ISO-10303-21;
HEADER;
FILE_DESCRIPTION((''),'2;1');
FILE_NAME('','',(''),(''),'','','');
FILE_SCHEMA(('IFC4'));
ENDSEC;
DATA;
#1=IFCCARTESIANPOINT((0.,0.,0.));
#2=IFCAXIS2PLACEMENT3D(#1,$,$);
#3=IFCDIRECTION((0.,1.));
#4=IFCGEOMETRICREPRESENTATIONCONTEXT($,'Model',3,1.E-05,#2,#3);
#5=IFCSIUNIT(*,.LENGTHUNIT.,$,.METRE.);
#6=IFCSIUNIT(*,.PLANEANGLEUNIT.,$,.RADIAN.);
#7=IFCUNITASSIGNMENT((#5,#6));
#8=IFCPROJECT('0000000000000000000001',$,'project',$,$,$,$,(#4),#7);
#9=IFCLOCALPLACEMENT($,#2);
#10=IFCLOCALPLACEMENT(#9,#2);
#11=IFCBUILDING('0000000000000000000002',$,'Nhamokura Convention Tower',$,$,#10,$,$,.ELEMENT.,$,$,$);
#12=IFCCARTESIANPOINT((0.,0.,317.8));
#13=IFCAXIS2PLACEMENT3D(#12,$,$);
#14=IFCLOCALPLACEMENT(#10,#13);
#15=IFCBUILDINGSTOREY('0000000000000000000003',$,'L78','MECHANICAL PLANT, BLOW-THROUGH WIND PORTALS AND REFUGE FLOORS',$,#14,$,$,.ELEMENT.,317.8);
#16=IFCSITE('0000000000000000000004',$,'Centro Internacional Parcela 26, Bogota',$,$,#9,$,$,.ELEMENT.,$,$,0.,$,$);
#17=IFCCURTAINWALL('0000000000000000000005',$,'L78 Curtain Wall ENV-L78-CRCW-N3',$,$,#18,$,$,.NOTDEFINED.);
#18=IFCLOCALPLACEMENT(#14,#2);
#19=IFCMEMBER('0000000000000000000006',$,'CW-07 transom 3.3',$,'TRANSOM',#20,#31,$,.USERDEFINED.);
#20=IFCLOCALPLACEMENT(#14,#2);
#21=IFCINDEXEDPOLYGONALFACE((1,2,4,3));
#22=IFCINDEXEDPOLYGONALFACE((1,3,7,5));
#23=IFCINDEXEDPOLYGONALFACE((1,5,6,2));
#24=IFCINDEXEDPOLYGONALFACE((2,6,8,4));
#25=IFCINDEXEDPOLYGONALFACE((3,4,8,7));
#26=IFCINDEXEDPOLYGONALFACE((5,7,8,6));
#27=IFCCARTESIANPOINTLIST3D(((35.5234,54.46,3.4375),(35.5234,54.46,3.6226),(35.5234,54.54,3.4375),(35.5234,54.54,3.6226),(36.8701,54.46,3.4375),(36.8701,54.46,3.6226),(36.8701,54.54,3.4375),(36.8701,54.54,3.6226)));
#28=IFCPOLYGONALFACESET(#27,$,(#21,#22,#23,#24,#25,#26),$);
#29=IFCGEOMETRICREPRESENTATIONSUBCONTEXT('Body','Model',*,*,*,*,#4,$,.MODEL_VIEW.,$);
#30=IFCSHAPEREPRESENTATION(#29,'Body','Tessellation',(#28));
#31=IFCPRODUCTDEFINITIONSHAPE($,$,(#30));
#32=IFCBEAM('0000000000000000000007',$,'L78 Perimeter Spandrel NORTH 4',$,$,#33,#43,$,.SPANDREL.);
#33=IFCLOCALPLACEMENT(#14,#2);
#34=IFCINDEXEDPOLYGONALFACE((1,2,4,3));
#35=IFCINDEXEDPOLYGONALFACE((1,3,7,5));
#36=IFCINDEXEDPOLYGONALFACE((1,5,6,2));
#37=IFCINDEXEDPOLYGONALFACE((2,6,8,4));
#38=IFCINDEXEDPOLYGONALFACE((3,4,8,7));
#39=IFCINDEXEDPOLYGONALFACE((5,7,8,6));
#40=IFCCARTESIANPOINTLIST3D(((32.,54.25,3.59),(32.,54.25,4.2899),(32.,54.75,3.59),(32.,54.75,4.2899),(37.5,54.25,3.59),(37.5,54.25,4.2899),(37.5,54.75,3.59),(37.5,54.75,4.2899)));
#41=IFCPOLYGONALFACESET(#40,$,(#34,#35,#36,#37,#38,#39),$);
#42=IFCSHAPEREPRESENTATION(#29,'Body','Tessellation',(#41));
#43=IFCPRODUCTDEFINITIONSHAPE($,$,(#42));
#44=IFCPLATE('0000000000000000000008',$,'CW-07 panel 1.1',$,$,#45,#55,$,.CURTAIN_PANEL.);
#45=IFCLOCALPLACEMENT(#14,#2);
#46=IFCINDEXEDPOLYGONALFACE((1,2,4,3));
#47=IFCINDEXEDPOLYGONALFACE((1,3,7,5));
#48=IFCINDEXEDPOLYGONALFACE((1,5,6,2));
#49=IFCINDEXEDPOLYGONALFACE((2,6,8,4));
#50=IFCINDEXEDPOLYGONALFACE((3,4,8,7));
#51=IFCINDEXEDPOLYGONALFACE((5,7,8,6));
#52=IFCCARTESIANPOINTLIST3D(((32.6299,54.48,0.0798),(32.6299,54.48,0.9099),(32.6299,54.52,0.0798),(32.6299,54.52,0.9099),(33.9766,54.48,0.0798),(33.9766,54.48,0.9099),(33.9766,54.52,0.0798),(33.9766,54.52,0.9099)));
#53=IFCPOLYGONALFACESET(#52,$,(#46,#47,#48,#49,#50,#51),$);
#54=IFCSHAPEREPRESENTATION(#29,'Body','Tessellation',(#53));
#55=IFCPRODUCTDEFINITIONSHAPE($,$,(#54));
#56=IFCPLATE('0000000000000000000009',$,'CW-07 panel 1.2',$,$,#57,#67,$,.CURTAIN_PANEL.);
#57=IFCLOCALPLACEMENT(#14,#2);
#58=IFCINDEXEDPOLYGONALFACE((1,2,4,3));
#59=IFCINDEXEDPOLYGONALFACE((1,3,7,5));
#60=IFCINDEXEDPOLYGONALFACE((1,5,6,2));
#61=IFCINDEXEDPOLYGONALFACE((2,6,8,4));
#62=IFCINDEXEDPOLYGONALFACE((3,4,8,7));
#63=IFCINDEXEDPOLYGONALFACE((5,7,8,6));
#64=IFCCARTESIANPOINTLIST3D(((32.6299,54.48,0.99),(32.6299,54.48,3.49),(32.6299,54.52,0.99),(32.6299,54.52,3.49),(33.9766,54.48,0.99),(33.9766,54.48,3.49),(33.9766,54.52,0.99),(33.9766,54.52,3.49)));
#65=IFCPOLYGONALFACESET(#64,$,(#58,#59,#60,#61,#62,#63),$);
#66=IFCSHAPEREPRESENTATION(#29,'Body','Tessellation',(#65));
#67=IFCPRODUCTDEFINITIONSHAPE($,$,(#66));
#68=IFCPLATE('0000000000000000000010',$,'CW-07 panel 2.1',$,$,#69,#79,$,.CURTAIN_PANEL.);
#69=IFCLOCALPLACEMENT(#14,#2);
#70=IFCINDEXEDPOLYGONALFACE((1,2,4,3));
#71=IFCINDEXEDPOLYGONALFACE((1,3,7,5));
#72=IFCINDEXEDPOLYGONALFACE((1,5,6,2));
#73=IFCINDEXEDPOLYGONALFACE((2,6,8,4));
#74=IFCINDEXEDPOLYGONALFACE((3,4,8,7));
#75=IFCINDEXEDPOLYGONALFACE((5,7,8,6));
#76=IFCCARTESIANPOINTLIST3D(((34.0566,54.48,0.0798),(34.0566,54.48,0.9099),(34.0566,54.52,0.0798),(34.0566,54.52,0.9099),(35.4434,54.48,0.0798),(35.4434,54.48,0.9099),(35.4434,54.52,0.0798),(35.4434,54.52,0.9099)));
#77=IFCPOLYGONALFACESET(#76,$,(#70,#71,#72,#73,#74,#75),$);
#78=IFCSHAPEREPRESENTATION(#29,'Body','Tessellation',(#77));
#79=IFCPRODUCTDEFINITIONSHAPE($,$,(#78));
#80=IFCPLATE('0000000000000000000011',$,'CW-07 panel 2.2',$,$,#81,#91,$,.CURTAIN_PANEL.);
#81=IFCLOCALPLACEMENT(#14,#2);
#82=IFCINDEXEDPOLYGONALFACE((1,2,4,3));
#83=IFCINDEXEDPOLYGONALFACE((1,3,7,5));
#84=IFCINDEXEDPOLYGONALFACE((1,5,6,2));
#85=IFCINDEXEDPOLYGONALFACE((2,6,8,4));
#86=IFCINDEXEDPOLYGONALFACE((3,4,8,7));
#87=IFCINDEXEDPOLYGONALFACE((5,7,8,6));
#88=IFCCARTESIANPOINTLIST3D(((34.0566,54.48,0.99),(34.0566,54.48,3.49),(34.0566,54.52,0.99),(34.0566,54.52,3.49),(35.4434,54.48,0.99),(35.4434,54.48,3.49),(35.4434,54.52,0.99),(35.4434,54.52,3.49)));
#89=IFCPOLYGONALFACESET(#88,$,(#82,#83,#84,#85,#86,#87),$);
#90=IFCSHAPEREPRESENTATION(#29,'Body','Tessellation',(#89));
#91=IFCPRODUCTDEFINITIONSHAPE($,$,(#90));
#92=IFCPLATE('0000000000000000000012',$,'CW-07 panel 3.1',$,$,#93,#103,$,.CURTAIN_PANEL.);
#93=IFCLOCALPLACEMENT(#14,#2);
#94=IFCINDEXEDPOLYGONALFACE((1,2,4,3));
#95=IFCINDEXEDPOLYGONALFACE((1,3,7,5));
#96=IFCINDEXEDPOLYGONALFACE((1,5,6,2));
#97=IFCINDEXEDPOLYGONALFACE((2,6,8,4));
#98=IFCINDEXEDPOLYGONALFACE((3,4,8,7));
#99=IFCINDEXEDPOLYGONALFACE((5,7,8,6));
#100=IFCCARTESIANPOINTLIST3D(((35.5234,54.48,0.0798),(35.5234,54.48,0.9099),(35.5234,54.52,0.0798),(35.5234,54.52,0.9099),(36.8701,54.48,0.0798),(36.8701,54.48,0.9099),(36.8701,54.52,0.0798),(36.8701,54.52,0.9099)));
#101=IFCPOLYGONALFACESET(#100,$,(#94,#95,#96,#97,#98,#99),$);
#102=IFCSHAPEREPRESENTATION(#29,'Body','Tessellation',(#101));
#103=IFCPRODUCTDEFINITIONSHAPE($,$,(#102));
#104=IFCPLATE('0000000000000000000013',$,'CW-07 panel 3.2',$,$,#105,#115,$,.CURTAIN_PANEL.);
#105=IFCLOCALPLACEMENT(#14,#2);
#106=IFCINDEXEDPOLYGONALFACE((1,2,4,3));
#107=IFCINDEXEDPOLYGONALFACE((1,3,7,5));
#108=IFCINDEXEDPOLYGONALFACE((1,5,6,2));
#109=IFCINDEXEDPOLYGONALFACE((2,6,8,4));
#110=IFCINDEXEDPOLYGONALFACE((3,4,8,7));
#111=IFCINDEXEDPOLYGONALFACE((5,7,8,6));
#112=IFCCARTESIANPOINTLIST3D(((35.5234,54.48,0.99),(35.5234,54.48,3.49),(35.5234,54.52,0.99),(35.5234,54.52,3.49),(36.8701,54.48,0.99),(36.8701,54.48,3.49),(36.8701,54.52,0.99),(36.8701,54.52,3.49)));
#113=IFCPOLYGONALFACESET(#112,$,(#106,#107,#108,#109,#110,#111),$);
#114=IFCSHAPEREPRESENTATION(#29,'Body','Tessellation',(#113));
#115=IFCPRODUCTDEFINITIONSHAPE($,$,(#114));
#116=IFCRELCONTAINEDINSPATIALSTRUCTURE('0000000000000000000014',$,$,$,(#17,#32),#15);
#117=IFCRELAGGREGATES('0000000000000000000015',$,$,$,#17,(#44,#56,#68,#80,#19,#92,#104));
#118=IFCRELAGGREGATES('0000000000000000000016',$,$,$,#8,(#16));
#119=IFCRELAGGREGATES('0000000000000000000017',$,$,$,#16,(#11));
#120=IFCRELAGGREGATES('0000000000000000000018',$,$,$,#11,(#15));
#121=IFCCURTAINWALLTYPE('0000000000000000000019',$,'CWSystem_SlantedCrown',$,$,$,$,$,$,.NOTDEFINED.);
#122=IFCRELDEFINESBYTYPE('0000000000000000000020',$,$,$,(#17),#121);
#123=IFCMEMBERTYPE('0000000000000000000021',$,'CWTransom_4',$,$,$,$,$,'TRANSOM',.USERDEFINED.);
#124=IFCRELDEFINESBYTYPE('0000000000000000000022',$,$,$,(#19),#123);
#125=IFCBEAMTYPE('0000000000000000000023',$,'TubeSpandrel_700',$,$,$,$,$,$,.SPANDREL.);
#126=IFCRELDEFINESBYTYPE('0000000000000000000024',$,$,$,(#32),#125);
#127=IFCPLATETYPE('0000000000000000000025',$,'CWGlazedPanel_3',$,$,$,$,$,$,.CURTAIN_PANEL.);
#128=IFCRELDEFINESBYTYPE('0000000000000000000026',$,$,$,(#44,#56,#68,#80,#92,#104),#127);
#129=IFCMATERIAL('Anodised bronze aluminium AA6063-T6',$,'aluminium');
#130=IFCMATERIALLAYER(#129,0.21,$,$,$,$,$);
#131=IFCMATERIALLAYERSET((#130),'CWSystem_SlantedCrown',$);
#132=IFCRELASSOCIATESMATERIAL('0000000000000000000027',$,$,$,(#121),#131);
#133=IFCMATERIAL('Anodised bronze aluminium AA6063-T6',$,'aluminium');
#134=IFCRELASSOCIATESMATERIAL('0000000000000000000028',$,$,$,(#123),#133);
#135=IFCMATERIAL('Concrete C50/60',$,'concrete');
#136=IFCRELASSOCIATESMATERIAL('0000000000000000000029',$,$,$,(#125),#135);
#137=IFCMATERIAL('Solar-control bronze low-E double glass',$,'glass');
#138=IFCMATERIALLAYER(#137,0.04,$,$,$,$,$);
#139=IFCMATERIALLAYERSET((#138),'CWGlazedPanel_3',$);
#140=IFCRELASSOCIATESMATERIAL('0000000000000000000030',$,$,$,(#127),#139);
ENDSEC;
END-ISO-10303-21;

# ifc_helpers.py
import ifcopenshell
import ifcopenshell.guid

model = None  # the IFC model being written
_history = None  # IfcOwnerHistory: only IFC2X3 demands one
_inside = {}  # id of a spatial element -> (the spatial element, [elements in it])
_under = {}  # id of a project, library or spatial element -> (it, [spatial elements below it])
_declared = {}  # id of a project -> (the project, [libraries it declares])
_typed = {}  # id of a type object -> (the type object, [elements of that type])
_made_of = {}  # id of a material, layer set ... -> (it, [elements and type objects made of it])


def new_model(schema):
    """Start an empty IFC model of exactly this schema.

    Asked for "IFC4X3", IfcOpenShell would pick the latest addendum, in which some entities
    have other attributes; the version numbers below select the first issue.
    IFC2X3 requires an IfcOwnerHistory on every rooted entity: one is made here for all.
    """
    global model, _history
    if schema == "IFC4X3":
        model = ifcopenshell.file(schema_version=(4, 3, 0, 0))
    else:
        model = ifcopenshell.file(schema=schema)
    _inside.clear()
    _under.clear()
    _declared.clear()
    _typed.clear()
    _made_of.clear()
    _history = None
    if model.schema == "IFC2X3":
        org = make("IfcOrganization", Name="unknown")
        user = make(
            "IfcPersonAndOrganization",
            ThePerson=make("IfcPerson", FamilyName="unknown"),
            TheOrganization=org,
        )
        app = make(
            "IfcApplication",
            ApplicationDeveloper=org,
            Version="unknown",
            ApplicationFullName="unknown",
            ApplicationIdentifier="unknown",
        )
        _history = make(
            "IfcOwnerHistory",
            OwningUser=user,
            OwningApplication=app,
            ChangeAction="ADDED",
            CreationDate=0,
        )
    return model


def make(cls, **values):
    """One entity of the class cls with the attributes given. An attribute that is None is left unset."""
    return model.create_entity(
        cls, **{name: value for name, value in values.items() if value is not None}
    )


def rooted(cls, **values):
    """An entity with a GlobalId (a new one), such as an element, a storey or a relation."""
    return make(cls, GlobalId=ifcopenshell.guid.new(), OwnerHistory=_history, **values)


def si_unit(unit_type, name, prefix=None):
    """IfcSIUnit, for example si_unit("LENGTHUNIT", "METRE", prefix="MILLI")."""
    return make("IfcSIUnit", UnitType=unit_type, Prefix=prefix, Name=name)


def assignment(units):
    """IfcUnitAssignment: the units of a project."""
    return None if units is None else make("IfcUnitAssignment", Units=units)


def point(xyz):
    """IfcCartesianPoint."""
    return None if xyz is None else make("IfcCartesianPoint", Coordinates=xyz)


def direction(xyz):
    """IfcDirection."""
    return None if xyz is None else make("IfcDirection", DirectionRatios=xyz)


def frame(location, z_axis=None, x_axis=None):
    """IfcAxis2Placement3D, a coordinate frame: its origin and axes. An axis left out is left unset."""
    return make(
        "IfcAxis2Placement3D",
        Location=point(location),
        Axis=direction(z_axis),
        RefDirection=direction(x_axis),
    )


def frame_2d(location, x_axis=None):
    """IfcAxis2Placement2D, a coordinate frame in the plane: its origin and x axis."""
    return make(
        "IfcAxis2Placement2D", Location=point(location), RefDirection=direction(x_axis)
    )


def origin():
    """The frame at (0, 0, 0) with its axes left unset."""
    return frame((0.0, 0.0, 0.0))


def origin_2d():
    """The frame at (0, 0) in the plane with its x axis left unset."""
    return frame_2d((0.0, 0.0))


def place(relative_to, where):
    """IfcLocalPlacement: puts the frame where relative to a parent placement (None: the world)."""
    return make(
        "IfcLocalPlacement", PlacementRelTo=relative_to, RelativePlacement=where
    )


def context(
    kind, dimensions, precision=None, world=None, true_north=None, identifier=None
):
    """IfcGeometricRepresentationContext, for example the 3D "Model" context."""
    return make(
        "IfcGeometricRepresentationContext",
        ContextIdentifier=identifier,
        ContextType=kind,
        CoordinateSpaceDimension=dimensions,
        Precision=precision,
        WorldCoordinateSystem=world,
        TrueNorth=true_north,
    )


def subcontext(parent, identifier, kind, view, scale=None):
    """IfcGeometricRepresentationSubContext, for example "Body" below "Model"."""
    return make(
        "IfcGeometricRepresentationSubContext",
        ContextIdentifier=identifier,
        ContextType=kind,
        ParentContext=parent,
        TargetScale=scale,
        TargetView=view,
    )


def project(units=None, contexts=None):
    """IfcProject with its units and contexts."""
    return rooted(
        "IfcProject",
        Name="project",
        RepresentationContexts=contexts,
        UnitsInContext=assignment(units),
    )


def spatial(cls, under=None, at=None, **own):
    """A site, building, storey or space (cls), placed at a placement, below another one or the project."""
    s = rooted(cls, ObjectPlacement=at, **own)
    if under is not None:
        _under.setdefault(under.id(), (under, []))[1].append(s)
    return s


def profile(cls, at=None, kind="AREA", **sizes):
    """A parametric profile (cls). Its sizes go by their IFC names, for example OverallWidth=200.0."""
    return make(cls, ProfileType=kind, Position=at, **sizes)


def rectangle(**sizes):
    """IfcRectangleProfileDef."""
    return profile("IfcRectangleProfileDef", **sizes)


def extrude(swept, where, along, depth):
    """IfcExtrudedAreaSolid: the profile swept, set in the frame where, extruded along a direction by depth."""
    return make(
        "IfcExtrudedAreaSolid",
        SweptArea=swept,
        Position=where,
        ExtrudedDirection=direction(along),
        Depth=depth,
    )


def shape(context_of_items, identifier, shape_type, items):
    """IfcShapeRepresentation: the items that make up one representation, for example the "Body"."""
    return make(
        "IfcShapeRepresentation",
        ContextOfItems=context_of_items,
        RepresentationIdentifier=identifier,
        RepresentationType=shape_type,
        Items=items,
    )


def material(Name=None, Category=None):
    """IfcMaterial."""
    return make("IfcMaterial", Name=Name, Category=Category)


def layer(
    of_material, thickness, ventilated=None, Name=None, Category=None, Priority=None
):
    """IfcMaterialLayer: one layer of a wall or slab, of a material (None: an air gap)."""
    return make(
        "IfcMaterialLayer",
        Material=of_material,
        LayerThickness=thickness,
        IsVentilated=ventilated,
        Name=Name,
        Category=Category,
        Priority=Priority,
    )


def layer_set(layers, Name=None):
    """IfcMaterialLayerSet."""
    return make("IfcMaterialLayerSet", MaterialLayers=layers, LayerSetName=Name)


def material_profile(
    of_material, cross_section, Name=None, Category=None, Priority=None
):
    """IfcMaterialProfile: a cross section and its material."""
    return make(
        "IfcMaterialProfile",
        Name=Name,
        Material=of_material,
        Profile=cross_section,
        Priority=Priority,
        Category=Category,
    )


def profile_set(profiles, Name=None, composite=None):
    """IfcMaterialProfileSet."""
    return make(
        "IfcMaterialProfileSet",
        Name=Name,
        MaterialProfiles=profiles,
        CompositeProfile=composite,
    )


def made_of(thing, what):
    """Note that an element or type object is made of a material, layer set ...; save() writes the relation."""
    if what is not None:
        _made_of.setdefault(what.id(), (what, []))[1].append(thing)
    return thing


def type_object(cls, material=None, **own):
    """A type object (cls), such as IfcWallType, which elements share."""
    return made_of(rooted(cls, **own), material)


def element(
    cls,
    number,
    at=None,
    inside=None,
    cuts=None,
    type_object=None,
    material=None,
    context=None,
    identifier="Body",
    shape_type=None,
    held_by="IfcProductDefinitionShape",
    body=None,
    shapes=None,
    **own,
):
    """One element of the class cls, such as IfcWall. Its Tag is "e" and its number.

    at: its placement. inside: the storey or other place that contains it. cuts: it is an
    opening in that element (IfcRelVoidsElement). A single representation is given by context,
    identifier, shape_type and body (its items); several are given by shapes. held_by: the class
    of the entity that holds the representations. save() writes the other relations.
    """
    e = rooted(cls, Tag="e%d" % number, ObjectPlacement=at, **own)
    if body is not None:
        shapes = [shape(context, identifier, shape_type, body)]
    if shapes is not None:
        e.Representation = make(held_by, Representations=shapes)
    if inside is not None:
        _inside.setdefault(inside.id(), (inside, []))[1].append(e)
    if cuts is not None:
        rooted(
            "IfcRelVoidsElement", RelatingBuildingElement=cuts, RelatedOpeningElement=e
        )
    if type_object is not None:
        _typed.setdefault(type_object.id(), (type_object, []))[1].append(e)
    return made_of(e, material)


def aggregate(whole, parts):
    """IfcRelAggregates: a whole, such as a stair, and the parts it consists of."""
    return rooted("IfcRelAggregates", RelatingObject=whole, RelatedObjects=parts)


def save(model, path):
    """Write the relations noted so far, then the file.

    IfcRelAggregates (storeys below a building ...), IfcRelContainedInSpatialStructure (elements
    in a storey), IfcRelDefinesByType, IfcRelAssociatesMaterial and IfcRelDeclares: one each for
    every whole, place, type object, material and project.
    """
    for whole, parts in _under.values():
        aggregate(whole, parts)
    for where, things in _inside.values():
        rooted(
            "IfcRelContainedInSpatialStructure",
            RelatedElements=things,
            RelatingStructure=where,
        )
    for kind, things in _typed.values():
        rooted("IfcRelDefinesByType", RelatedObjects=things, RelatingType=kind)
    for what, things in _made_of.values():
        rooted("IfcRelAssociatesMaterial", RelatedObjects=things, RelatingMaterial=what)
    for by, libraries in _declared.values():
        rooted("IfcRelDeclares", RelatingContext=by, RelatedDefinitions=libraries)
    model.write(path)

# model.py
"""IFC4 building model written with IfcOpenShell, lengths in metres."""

from ifc_helpers import new_model, si_unit, direction, frame, origin, origin_2d, place, context, subcontext, project, spatial, rectangle, extrude, material, layer, layer_set, material_profile, profile_set, type_object, element, aggregate, save


model = new_model("IFC4")

# Units and contexts
model_context = context("Model", 3, precision=1e-05, world=origin(), true_north=direction((0.0, 1.0)))
body_context = subcontext(model_context, "Body", "Model", "MODEL_VIEW")
ifc_project = project(units=[si_unit("LENGTHUNIT", "METRE"), si_unit("PLANEANGLEUNIT", "RADIAN")], contexts=[model_context])

# Site, building, storey
site_placement = place(None, origin())
site = spatial("IfcSite", under=ifc_project, at=site_placement, Name="Centro Internacional Parcela 26, Bogota", CompositionType="ELEMENT", RefElevation=0.0)
building_placement = place(site_placement, origin())
building = spatial("IfcBuilding", under=site, at=building_placement, Name="Nhamokura Convention Tower", CompositionType="ELEMENT")
storey_placement = place(building_placement, frame((0.0, 0.0, 317.8)))
storey = spatial("IfcBuildingStorey", under=building, at=storey_placement, Name="L78", Description="MECHANICAL PLANT, BLOW-THROUGH WIND PORTALS AND REFUGE FLOORS", CompositionType="ELEMENT", Elevation=317.8)

# Shared definitions
ifc_material_1 = material(Name="Anodised bronze aluminium AA6063-T6", Category="aluminium")
ifc_layer_1 = layer(ifc_material_1, 0.21)
ifc_layer_set_1 = layer_set([ifc_layer_1], Name="CWSystem_SlantedCrown")
curtain_wall_type = type_object("IfcCurtainWallType", Name="CWSystem_SlantedCrown", PredefinedType="NOTDEFINED", material=ifc_layer_set_1)

# Curtain wall, member
curtain_wall_1_placement = place(storey_placement, origin())
curtain_wall_1 = element("IfcCurtainWall", 1, at=curtain_wall_1_placement, inside=storey, type_object=curtain_wall_type, Name="L78 Curtain Wall ENV-L78-CRCW-N3", PredefinedType="NOTDEFINED")
ifc_material_2 = material(Name="Anodised bronze aluminium AA6063-T6", Category="aluminium")
ifc_material_profile_1 = material_profile(ifc_material_2, rectangle(XDim=0.0801, YDim=0.1851, at=origin_2d()))
ifc_profile_set_1 = profile_set([ifc_material_profile_1], Name="Anodised bronze aluminium AA6063-T6")
member_type_1 = type_object("IfcMemberType", Name="CWTransom_4", ElementType="TRANSOM", PredefinedType="USERDEFINED", material=ifc_profile_set_1)
member_1_placement = place(storey_placement, frame((35.5234, 54.5, 3.53), z_axis=(1.0, 0.0, 0.0), x_axis=(0.0, 1.0, 0.0)))
member_1 = element("IfcMember", 2, at=member_1_placement, type_object=member_type_1, Name="CW-07 transom 3.3", ObjectType="TRANSOM", PredefinedType="USERDEFINED", context=body_context, shape_type="SweptSolid", body=[
    extrude(rectangle(XDim=0.0801, YDim=0.1851, at=origin_2d()), origin(), (0.0, 0.0, 1.0), 1.3467),
])

# Beam
ifc_material_3 = material(Name="Concrete C50/60", Category="concrete")
ifc_material_profile_2 = material_profile(ifc_material_3, rectangle(XDim=0.5, YDim=0.7, at=origin_2d()))
ifc_profile_set_2 = profile_set([ifc_material_profile_2], Name="Concrete C50/60")
beam_type = type_object("IfcBeamType", Name="TubeSpandrel_700", PredefinedType="SPANDREL", material=ifc_profile_set_2)
beam_placement = place(storey_placement, frame((32.0, 54.5, 3.9399), z_axis=(1.0, 0.0, 0.0), x_axis=(0.0, 1.0, 0.0)))
element("IfcBeam", 3, at=beam_placement, inside=storey, type_object=beam_type, Name="L78 Perimeter Spandrel NORTH 4", PredefinedType="SPANDREL", context=body_context, shape_type="SweptSolid", body=[
    extrude(rectangle(XDim=0.5, YDim=0.7, at=origin_2d()), origin(), (0.0, 0.0, 1.0), 5.5),
])

# Plates
ifc_material_4 = material(Name="Solar-control bronze low-E double glass", Category="glass")
ifc_layer_2 = layer(ifc_material_4, 0.04)
ifc_layer_set_2 = layer_set([ifc_layer_2], Name="CWGlazedPanel_3")
plate_type = type_object("IfcPlateType", Name="CWGlazedPanel_3", PredefinedType="CURTAIN_PANEL", material=ifc_layer_set_2)
plate_1_placement = place(storey_placement, frame((33.3032, 54.5, 0.0798), z_axis=(0.0, 0.0, 1.0), x_axis=(1.0, 0.0, 0.0)))
plate_1 = element("IfcPlate", 4, at=plate_1_placement, type_object=plate_type, Name="CW-07 panel 1.1", PredefinedType="CURTAIN_PANEL", context=body_context, shape_type="SweptSolid", body=[
    extrude(rectangle(XDim=1.3467, YDim=0.04, at=origin_2d()), origin(), (0.0, 0.0, 1.0), 0.8301),
])
plate_2_placement = place(storey_placement, frame((33.3032, 54.5, 0.99), z_axis=(0.0, 0.0, 1.0), x_axis=(1.0, 0.0, 0.0)))
plate_2 = element("IfcPlate", 5, at=plate_2_placement, type_object=plate_type, Name="CW-07 panel 1.2", PredefinedType="CURTAIN_PANEL", context=body_context, shape_type="SweptSolid", body=[
    extrude(rectangle(XDim=1.3467, YDim=0.04, at=origin_2d()), origin(), (0.0, 0.0, 1.0), 2.5),
])
plate_3_placement = place(storey_placement, frame((34.75, 54.5, 0.0798), z_axis=(0.0, 0.0, 1.0), x_axis=(1.0, 0.0, 0.0)))
plate_3 = element("IfcPlate", 6, at=plate_3_placement, type_object=plate_type, Name="CW-07 panel 2.1", PredefinedType="CURTAIN_PANEL", context=body_context, shape_type="SweptSolid", body=[
    extrude(rectangle(XDim=1.3867, YDim=0.04, at=origin_2d()), origin(), (0.0, 0.0, 1.0), 0.8301),
])
plate_4_placement = place(storey_placement, frame((34.75, 54.5, 0.99), z_axis=(0.0, 0.0, 1.0), x_axis=(1.0, 0.0, 0.0)))
plate_4 = element("IfcPlate", 7, at=plate_4_placement, type_object=plate_type, Name="CW-07 panel 2.2", PredefinedType="CURTAIN_PANEL", context=body_context, shape_type="SweptSolid", body=[
    extrude(rectangle(XDim=1.3867, YDim=0.04, at=origin_2d()), origin(), (0.0, 0.0, 1.0), 2.5),
])
plate_5_placement = place(storey_placement, frame((36.1968, 54.5, 0.0798), z_axis=(0.0, 0.0, 1.0), x_axis=(1.0, 0.0, 0.0)))
plate_5 = element("IfcPlate", 8, at=plate_5_placement, type_object=plate_type, Name="CW-07 panel 3.1", PredefinedType="CURTAIN_PANEL", context=body_context, shape_type="SweptSolid", body=[
    extrude(rectangle(XDim=1.3467, YDim=0.04, at=origin_2d()), origin(), (0.0, 0.0, 1.0), 0.8301),
])
plate_6_placement = place(storey_placement, frame((36.1968, 54.5, 0.99), z_axis=(0.0, 0.0, 1.0), x_axis=(1.0, 0.0, 0.0)))
plate_6 = element("IfcPlate", 9, at=plate_6_placement, type_object=plate_type, Name="CW-07 panel 3.2", PredefinedType="CURTAIN_PANEL", context=body_context, shape_type="SweptSolid", body=[
    extrude(rectangle(XDim=1.3467, YDim=0.04, at=origin_2d()), origin(), (0.0, 0.0, 1.0), 2.5),
])
aggregate(curtain_wall_1, [plate_1, plate_2, plate_3, plate_4, member_1, plate_5, plate_6])

save(model, "model.ifc")
